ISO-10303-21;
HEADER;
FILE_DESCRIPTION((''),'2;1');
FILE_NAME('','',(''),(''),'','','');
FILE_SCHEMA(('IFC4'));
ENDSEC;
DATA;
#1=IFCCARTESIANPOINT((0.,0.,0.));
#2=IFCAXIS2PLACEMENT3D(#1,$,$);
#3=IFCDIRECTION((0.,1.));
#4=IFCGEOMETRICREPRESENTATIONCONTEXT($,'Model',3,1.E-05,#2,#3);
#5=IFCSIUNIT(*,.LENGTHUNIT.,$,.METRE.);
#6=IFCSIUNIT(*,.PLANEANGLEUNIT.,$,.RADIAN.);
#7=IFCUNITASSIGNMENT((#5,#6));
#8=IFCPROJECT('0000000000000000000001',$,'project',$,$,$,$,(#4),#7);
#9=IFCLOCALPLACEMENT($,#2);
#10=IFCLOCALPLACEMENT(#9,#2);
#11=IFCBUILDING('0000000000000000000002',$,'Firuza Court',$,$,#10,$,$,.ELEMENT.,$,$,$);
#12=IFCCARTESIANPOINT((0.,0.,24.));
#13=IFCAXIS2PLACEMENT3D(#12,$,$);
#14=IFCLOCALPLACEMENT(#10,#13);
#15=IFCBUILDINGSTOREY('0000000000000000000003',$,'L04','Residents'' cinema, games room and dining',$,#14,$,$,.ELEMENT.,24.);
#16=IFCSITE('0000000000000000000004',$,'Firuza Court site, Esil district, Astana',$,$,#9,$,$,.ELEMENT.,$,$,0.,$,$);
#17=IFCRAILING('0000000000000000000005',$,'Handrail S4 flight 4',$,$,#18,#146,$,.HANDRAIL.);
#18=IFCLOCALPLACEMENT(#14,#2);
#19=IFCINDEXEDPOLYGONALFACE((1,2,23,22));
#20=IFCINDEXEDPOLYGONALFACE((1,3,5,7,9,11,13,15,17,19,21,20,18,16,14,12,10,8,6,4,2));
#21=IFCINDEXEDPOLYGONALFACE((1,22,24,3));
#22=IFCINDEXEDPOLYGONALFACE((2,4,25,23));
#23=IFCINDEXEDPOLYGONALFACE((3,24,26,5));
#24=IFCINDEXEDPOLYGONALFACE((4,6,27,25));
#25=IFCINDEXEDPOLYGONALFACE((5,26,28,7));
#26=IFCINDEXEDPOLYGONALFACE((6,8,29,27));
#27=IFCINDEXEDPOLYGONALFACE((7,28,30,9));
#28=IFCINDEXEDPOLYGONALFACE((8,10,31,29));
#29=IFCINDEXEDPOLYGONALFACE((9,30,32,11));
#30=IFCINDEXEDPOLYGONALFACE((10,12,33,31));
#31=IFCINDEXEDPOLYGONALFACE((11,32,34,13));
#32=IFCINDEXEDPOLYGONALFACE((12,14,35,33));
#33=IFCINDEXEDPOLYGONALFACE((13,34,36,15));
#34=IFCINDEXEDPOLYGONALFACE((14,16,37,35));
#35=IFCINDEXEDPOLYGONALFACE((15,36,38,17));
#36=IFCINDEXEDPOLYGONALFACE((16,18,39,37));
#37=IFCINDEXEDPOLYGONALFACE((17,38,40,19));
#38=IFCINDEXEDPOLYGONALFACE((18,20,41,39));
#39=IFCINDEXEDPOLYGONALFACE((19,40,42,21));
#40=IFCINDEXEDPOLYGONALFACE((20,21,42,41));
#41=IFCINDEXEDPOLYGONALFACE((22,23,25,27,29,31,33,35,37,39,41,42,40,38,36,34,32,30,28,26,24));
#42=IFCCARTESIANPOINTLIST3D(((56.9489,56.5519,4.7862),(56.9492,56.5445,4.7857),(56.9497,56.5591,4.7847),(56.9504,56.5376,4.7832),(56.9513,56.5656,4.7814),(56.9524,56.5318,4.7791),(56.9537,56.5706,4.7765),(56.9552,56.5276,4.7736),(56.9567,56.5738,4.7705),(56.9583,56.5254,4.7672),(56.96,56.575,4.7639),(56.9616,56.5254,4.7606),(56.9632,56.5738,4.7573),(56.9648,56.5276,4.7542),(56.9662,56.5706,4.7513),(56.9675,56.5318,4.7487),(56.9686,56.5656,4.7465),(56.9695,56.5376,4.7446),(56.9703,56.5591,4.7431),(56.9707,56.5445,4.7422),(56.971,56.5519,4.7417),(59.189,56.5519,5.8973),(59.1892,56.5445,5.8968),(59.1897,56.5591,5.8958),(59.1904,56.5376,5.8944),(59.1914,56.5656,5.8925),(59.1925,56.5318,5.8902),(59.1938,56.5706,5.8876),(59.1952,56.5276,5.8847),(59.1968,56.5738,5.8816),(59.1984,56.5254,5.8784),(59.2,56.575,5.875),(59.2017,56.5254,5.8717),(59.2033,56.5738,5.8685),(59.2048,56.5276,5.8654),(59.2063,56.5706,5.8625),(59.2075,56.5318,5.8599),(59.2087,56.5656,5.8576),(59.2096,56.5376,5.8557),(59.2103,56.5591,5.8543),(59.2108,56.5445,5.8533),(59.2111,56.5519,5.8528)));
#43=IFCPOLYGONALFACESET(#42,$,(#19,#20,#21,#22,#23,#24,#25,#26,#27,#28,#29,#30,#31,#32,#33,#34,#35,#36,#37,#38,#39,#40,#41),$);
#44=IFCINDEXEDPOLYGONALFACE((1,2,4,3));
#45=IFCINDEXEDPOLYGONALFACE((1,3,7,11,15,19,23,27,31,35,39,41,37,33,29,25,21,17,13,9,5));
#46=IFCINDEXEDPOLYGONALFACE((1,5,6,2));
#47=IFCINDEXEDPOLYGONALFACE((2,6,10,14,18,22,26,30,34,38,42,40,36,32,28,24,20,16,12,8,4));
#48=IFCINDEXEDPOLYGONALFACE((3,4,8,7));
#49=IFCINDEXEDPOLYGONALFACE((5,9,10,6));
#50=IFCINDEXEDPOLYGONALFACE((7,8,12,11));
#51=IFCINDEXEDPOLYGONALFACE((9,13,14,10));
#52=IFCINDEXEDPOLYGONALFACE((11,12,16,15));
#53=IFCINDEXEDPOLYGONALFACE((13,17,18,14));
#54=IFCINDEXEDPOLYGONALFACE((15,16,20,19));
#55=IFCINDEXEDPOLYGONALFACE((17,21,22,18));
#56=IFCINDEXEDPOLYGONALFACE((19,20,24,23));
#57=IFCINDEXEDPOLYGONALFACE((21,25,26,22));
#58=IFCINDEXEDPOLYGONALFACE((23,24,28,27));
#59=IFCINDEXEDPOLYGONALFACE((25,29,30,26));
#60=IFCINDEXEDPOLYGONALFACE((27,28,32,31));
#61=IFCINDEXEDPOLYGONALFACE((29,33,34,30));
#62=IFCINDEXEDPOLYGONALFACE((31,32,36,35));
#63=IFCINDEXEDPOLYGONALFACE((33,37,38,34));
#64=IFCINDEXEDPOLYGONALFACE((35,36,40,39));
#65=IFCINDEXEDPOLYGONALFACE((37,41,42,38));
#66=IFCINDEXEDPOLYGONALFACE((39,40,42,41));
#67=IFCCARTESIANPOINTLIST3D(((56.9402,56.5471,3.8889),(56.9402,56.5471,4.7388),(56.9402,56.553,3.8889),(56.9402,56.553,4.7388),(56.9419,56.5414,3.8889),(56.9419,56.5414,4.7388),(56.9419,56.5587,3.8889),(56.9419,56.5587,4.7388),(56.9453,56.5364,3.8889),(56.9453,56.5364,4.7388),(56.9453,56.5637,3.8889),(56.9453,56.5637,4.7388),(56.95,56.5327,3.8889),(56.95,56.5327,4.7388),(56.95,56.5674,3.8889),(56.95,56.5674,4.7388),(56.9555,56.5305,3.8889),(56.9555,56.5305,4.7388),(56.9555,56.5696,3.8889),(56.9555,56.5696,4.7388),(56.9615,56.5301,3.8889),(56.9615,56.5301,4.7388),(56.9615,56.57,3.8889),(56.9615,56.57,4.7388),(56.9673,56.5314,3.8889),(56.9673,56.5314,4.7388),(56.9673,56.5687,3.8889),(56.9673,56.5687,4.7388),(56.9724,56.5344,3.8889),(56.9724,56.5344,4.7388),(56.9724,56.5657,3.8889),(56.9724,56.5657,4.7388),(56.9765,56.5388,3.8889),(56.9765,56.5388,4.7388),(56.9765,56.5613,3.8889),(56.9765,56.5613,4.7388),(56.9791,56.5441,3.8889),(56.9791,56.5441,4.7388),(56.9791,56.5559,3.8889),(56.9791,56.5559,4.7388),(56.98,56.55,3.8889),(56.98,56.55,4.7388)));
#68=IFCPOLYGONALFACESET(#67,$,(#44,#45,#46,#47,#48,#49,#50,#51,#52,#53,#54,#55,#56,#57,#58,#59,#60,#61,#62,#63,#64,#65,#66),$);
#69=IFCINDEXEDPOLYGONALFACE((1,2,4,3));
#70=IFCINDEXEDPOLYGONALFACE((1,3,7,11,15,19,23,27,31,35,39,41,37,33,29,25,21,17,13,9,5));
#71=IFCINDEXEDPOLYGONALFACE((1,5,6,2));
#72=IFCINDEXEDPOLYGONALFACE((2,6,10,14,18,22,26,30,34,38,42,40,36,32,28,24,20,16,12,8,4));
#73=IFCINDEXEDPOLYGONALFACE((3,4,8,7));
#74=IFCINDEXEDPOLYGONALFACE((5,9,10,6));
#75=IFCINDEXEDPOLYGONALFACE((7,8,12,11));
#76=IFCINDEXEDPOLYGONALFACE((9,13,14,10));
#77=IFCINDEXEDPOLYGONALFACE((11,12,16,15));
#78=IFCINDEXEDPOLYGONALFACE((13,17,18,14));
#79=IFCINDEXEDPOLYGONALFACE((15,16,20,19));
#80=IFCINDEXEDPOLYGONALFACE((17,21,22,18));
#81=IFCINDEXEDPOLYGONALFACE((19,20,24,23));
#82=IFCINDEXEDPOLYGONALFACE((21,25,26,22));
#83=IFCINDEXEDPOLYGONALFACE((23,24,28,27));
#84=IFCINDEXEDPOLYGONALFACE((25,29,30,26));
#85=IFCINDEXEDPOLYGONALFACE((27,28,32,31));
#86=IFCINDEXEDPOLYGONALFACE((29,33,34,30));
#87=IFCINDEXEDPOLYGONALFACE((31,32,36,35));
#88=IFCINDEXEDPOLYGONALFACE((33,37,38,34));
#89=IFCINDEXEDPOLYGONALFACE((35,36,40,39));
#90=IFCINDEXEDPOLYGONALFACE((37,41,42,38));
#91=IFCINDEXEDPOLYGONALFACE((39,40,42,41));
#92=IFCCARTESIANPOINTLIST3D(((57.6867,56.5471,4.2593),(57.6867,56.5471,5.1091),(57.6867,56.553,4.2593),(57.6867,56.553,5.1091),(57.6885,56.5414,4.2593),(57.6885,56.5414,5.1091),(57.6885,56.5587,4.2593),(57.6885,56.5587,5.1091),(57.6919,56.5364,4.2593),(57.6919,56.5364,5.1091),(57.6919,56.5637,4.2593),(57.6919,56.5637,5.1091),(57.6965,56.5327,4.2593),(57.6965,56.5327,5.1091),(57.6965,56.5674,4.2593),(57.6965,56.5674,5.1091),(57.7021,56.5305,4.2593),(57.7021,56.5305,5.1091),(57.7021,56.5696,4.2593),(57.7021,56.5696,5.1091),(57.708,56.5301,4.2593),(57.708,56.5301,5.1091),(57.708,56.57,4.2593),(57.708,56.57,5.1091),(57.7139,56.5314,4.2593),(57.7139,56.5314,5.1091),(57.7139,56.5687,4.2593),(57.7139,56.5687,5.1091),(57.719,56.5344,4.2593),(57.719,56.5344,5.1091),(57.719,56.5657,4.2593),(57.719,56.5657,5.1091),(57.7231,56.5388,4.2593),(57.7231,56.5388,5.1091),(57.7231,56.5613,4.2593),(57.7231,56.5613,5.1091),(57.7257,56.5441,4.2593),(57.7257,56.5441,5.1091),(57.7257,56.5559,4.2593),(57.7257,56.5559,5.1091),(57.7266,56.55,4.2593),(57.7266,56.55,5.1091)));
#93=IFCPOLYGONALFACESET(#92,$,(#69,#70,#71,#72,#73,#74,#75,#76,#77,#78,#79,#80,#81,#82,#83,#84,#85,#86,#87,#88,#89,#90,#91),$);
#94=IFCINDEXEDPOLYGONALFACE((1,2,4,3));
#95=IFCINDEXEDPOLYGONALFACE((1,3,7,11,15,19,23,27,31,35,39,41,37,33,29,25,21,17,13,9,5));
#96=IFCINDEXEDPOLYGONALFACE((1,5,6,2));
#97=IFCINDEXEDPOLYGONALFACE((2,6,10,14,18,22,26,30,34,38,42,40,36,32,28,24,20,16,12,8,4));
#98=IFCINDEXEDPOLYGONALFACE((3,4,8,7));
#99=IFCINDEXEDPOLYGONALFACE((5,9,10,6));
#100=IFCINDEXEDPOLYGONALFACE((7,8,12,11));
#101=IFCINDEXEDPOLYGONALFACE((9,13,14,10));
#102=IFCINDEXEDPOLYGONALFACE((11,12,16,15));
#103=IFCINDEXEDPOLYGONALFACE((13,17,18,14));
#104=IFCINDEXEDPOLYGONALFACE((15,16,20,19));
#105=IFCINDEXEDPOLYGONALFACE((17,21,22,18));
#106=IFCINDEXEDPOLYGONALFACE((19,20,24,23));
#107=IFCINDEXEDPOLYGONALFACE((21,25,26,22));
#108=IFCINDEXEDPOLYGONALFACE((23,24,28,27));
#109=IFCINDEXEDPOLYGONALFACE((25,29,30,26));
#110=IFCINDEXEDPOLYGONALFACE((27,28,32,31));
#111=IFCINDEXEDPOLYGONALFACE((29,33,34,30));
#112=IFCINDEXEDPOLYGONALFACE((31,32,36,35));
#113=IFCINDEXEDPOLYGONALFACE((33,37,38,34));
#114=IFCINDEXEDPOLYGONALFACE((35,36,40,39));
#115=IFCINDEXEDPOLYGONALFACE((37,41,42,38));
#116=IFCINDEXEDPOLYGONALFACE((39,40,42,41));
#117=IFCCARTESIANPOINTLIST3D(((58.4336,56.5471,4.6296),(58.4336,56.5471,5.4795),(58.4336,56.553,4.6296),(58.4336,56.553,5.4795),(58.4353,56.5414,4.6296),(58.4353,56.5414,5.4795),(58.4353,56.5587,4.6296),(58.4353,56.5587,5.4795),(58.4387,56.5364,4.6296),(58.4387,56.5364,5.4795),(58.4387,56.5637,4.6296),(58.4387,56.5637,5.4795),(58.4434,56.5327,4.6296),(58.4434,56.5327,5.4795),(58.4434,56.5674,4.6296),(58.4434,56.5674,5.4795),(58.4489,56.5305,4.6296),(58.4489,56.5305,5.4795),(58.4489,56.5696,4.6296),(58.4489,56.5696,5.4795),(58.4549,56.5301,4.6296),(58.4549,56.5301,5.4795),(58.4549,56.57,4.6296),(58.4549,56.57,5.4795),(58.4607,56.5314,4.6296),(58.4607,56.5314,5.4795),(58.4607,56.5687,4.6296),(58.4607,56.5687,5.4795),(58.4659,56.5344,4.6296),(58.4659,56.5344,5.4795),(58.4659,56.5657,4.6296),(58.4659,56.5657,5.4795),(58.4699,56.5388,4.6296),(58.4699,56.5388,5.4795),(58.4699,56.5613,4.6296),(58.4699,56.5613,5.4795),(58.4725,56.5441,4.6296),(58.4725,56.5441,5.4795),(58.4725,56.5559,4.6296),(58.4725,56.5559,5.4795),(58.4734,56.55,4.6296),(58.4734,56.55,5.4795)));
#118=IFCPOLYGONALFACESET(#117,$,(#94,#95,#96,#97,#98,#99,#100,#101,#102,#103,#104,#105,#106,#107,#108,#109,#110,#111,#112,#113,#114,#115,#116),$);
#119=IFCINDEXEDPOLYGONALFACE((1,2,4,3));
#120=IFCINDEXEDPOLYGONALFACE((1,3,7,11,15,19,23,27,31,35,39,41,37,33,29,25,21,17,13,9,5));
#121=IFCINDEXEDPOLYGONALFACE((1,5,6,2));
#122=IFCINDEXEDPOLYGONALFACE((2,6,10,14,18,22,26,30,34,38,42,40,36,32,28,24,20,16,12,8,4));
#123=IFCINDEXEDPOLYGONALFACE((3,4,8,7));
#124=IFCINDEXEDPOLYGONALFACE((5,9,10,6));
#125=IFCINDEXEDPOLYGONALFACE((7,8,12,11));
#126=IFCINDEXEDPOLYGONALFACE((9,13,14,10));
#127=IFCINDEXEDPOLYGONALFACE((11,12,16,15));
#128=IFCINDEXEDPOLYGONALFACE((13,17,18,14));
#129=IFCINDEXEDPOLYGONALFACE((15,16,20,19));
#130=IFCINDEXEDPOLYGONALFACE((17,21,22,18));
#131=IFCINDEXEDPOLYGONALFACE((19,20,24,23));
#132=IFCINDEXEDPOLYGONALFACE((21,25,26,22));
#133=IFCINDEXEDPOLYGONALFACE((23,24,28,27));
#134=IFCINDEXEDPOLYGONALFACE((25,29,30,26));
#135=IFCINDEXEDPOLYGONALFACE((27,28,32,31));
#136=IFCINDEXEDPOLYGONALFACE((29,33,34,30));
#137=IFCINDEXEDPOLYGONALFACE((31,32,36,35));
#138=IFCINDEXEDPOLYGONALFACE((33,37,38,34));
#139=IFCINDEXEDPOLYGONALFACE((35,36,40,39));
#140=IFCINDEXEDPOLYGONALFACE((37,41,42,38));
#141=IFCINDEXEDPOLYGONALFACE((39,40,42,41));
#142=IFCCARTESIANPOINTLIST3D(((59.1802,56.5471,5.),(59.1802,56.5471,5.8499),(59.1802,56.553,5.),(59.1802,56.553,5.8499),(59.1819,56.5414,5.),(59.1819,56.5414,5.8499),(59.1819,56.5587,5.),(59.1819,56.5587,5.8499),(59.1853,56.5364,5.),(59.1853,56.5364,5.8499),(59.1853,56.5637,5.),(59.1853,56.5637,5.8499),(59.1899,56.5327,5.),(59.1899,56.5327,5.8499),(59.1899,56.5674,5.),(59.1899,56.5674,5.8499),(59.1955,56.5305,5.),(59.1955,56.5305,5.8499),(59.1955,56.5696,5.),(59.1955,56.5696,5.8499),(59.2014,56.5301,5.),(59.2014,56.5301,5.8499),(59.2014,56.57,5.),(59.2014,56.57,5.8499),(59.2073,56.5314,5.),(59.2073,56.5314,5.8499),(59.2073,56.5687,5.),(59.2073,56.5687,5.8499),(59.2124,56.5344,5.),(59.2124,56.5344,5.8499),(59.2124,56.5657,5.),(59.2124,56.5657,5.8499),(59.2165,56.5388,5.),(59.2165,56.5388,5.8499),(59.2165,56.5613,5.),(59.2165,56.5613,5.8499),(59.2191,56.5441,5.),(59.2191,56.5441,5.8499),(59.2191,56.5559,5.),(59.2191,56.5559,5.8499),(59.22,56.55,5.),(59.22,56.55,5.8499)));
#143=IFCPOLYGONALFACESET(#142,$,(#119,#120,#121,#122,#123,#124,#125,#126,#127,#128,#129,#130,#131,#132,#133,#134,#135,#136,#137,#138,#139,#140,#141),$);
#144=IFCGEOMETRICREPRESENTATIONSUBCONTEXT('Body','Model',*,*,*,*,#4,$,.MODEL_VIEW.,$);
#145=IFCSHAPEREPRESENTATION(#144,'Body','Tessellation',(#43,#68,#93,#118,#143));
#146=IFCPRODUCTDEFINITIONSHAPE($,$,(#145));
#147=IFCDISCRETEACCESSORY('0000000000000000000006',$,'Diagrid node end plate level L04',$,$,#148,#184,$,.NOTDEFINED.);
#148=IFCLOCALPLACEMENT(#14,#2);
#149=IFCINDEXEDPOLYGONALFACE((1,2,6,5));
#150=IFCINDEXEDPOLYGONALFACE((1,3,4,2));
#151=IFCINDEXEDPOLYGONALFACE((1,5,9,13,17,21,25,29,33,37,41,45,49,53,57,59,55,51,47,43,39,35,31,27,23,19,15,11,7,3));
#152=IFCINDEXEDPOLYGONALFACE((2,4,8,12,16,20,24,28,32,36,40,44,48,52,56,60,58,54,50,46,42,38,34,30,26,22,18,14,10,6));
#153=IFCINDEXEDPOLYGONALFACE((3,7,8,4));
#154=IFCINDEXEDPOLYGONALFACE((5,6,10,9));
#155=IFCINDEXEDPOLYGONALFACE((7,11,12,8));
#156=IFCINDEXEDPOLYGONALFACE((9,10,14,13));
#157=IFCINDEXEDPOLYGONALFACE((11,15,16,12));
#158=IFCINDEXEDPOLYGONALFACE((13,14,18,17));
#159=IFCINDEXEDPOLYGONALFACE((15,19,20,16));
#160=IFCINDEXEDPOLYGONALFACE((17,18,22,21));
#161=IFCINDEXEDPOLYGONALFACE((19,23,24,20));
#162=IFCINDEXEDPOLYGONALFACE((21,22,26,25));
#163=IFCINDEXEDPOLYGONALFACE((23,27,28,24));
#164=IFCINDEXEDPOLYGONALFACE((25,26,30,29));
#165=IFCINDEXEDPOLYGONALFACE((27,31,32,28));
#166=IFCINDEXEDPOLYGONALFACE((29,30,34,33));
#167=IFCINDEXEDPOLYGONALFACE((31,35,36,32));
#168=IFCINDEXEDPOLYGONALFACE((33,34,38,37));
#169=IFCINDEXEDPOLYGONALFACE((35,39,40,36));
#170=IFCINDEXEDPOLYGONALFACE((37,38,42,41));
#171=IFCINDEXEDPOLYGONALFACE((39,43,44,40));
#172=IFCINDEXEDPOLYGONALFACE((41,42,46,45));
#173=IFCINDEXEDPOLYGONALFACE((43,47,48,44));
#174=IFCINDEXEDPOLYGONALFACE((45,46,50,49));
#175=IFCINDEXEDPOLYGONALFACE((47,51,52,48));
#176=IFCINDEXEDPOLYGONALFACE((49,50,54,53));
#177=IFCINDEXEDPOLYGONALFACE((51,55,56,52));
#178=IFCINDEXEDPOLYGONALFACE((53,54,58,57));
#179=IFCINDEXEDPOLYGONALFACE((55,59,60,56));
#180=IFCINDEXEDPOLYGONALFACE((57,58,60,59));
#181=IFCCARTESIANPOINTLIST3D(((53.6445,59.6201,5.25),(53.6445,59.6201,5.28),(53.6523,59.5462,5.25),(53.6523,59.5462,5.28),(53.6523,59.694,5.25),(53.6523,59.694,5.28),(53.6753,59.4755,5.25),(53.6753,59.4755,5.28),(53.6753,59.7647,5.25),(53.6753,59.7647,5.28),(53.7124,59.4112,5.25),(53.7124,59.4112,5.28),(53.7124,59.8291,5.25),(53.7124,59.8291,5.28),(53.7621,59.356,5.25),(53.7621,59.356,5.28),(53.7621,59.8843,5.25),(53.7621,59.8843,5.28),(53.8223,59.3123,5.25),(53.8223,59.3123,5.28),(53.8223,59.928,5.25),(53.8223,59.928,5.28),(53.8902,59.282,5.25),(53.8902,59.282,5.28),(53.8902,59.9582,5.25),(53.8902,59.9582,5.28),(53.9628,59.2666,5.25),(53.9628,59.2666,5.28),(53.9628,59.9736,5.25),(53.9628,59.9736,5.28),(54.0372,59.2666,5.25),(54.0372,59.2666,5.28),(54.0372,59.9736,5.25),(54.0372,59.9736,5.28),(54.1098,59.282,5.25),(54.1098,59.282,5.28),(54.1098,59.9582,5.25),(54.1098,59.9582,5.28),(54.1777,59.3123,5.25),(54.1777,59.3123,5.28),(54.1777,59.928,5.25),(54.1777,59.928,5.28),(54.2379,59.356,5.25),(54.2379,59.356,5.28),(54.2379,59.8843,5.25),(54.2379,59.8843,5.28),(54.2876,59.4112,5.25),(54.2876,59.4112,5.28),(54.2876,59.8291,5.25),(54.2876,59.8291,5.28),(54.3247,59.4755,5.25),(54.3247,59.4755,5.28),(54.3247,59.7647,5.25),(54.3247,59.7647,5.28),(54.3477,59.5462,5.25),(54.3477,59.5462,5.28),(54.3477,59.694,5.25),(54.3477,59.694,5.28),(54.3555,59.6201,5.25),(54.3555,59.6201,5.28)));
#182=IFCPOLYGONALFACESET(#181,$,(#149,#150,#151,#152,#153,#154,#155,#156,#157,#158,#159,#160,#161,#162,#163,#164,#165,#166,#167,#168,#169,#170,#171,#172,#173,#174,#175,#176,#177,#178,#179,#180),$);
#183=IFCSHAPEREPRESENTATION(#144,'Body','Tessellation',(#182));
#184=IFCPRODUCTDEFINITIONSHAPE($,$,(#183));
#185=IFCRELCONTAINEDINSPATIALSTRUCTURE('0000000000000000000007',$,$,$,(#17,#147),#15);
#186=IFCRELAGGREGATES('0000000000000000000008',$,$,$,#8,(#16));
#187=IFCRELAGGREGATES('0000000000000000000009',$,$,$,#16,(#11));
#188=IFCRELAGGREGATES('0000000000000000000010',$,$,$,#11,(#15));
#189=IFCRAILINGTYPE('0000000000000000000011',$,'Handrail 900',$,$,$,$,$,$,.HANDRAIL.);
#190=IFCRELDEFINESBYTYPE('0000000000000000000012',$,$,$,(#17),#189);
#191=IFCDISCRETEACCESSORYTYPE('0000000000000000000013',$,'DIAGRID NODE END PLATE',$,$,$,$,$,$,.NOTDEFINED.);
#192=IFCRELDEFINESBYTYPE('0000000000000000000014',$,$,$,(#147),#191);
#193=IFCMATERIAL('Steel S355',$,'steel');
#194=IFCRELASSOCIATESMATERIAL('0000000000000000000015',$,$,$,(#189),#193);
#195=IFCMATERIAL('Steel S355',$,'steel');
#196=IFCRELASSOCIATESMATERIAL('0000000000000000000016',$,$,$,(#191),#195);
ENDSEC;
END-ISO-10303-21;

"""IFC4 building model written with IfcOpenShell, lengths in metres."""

from ifc_helpers import new_model, si_unit, direction, frame, origin, origin_2d, place, context, subcontext, project, spatial, circle, extrude, material, material_profile, profile_set, type_object, element, save


model = new_model("IFC4")

# Units and contexts
model_context = context("Model", 3, precision=1e-05, world=origin(), true_north=direction((0.0, 1.0)))
body_context = subcontext(model_context, "Body", "Model", "MODEL_VIEW")
ifc_project = project(units=[si_unit("LENGTHUNIT", "METRE"), si_unit("PLANEANGLEUNIT", "RADIAN")], contexts=[model_context])

# Site, building, storey
site_placement = place(None, origin())
site = spatial("IfcSite", under=ifc_project, at=site_placement, Name="Firuza Court site, Esil district, Astana", CompositionType="ELEMENT", RefElevation=0.0)
building_placement = place(site_placement, origin())
building = spatial("IfcBuilding", under=site, at=building_placement, Name="Firuza Court", CompositionType="ELEMENT")
storey_placement = place(building_placement, frame((0.0, 0.0, 24.0)))
storey = spatial("IfcBuildingStorey", under=building, at=storey_placement, Name="L04", Description="Residents' cinema, games room and dining", CompositionType="ELEMENT", Elevation=24.0)

# Railing
ifc_material_1 = material(Name="Steel S355", Category="steel")
railing_type_1 = type_object("IfcRailingType", Name="Handrail 900", PredefinedType="HANDRAIL", material=ifc_material_1)
railing_1_placement = place(storey_placement, frame((56.96, 56.55, 3.8889)))
element("IfcRailing", 1, at=railing_1_placement, inside=storey, type_object=railing_type_1, Name="Handrail S4 flight 4", PredefinedType="HANDRAIL", context=body_context, shape_type="SweptSolid", body=[
    extrude(circle(Radius=0.0249, at=origin_2d()), frame((0.0, 0.0, 0.875), z_axis=(0.895848, 0.0, 0.44436), x_axis=(0.0, 1.0, 0.0)), (0.0, 0.0, 1.0), 2.5005),
    extrude(circle(Radius=0.02, at=origin_2d()), origin(), (0.0, 0.0, 1.0), 0.8499),
    extrude(circle(Radius=0.02, at=origin_2d()), frame((0.7466, 0.0, 0.3704)), (0.0, 0.0, 1.0), 0.8499),
    extrude(circle(Radius=0.02, at=origin_2d()), frame((1.4934, 0.0, 0.7407)), (0.0, 0.0, 1.0), 0.8499),
    extrude(circle(Radius=0.02, at=origin_2d()), frame((2.24, 0.0, 1.1111)), (0.0, 0.0, 1.0), 0.8499),
])

# Discrete accessory
ifc_material_2 = material(Name="Steel S355", Category="steel")
ifc_material_profile_1 = material_profile(ifc_material_2, circle(Radius=0.3555, at=origin_2d()), Name="PL D711")
ifc_profile_set_1 = profile_set([ifc_material_profile_1], Name="Steel S355")
discrete_accessory_type = type_object("IfcDiscreteAccessoryType", Name="DIAGRID NODE END PLATE", PredefinedType="NOTDEFINED", material=ifc_profile_set_1)
discrete_accessory_1_placement = place(storey_placement, frame((54.0, 59.6201, 5.25), z_axis=(0.0, 0.0, 1.0), x_axis=(1.0, 0.0, 0.0)))
element("IfcDiscreteAccessory", 2, at=discrete_accessory_1_placement, inside=storey, type_object=discrete_accessory_type, Name="Diagrid node end plate level L04", PredefinedType="NOTDEFINED", context=body_context, shape_type="SweptSolid", body=[
    extrude(circle(Radius=0.3555, at=origin_2d()), origin(), (0.0, 0.0, 1.0), 0.03),
])

save(model, "model.ifc")
